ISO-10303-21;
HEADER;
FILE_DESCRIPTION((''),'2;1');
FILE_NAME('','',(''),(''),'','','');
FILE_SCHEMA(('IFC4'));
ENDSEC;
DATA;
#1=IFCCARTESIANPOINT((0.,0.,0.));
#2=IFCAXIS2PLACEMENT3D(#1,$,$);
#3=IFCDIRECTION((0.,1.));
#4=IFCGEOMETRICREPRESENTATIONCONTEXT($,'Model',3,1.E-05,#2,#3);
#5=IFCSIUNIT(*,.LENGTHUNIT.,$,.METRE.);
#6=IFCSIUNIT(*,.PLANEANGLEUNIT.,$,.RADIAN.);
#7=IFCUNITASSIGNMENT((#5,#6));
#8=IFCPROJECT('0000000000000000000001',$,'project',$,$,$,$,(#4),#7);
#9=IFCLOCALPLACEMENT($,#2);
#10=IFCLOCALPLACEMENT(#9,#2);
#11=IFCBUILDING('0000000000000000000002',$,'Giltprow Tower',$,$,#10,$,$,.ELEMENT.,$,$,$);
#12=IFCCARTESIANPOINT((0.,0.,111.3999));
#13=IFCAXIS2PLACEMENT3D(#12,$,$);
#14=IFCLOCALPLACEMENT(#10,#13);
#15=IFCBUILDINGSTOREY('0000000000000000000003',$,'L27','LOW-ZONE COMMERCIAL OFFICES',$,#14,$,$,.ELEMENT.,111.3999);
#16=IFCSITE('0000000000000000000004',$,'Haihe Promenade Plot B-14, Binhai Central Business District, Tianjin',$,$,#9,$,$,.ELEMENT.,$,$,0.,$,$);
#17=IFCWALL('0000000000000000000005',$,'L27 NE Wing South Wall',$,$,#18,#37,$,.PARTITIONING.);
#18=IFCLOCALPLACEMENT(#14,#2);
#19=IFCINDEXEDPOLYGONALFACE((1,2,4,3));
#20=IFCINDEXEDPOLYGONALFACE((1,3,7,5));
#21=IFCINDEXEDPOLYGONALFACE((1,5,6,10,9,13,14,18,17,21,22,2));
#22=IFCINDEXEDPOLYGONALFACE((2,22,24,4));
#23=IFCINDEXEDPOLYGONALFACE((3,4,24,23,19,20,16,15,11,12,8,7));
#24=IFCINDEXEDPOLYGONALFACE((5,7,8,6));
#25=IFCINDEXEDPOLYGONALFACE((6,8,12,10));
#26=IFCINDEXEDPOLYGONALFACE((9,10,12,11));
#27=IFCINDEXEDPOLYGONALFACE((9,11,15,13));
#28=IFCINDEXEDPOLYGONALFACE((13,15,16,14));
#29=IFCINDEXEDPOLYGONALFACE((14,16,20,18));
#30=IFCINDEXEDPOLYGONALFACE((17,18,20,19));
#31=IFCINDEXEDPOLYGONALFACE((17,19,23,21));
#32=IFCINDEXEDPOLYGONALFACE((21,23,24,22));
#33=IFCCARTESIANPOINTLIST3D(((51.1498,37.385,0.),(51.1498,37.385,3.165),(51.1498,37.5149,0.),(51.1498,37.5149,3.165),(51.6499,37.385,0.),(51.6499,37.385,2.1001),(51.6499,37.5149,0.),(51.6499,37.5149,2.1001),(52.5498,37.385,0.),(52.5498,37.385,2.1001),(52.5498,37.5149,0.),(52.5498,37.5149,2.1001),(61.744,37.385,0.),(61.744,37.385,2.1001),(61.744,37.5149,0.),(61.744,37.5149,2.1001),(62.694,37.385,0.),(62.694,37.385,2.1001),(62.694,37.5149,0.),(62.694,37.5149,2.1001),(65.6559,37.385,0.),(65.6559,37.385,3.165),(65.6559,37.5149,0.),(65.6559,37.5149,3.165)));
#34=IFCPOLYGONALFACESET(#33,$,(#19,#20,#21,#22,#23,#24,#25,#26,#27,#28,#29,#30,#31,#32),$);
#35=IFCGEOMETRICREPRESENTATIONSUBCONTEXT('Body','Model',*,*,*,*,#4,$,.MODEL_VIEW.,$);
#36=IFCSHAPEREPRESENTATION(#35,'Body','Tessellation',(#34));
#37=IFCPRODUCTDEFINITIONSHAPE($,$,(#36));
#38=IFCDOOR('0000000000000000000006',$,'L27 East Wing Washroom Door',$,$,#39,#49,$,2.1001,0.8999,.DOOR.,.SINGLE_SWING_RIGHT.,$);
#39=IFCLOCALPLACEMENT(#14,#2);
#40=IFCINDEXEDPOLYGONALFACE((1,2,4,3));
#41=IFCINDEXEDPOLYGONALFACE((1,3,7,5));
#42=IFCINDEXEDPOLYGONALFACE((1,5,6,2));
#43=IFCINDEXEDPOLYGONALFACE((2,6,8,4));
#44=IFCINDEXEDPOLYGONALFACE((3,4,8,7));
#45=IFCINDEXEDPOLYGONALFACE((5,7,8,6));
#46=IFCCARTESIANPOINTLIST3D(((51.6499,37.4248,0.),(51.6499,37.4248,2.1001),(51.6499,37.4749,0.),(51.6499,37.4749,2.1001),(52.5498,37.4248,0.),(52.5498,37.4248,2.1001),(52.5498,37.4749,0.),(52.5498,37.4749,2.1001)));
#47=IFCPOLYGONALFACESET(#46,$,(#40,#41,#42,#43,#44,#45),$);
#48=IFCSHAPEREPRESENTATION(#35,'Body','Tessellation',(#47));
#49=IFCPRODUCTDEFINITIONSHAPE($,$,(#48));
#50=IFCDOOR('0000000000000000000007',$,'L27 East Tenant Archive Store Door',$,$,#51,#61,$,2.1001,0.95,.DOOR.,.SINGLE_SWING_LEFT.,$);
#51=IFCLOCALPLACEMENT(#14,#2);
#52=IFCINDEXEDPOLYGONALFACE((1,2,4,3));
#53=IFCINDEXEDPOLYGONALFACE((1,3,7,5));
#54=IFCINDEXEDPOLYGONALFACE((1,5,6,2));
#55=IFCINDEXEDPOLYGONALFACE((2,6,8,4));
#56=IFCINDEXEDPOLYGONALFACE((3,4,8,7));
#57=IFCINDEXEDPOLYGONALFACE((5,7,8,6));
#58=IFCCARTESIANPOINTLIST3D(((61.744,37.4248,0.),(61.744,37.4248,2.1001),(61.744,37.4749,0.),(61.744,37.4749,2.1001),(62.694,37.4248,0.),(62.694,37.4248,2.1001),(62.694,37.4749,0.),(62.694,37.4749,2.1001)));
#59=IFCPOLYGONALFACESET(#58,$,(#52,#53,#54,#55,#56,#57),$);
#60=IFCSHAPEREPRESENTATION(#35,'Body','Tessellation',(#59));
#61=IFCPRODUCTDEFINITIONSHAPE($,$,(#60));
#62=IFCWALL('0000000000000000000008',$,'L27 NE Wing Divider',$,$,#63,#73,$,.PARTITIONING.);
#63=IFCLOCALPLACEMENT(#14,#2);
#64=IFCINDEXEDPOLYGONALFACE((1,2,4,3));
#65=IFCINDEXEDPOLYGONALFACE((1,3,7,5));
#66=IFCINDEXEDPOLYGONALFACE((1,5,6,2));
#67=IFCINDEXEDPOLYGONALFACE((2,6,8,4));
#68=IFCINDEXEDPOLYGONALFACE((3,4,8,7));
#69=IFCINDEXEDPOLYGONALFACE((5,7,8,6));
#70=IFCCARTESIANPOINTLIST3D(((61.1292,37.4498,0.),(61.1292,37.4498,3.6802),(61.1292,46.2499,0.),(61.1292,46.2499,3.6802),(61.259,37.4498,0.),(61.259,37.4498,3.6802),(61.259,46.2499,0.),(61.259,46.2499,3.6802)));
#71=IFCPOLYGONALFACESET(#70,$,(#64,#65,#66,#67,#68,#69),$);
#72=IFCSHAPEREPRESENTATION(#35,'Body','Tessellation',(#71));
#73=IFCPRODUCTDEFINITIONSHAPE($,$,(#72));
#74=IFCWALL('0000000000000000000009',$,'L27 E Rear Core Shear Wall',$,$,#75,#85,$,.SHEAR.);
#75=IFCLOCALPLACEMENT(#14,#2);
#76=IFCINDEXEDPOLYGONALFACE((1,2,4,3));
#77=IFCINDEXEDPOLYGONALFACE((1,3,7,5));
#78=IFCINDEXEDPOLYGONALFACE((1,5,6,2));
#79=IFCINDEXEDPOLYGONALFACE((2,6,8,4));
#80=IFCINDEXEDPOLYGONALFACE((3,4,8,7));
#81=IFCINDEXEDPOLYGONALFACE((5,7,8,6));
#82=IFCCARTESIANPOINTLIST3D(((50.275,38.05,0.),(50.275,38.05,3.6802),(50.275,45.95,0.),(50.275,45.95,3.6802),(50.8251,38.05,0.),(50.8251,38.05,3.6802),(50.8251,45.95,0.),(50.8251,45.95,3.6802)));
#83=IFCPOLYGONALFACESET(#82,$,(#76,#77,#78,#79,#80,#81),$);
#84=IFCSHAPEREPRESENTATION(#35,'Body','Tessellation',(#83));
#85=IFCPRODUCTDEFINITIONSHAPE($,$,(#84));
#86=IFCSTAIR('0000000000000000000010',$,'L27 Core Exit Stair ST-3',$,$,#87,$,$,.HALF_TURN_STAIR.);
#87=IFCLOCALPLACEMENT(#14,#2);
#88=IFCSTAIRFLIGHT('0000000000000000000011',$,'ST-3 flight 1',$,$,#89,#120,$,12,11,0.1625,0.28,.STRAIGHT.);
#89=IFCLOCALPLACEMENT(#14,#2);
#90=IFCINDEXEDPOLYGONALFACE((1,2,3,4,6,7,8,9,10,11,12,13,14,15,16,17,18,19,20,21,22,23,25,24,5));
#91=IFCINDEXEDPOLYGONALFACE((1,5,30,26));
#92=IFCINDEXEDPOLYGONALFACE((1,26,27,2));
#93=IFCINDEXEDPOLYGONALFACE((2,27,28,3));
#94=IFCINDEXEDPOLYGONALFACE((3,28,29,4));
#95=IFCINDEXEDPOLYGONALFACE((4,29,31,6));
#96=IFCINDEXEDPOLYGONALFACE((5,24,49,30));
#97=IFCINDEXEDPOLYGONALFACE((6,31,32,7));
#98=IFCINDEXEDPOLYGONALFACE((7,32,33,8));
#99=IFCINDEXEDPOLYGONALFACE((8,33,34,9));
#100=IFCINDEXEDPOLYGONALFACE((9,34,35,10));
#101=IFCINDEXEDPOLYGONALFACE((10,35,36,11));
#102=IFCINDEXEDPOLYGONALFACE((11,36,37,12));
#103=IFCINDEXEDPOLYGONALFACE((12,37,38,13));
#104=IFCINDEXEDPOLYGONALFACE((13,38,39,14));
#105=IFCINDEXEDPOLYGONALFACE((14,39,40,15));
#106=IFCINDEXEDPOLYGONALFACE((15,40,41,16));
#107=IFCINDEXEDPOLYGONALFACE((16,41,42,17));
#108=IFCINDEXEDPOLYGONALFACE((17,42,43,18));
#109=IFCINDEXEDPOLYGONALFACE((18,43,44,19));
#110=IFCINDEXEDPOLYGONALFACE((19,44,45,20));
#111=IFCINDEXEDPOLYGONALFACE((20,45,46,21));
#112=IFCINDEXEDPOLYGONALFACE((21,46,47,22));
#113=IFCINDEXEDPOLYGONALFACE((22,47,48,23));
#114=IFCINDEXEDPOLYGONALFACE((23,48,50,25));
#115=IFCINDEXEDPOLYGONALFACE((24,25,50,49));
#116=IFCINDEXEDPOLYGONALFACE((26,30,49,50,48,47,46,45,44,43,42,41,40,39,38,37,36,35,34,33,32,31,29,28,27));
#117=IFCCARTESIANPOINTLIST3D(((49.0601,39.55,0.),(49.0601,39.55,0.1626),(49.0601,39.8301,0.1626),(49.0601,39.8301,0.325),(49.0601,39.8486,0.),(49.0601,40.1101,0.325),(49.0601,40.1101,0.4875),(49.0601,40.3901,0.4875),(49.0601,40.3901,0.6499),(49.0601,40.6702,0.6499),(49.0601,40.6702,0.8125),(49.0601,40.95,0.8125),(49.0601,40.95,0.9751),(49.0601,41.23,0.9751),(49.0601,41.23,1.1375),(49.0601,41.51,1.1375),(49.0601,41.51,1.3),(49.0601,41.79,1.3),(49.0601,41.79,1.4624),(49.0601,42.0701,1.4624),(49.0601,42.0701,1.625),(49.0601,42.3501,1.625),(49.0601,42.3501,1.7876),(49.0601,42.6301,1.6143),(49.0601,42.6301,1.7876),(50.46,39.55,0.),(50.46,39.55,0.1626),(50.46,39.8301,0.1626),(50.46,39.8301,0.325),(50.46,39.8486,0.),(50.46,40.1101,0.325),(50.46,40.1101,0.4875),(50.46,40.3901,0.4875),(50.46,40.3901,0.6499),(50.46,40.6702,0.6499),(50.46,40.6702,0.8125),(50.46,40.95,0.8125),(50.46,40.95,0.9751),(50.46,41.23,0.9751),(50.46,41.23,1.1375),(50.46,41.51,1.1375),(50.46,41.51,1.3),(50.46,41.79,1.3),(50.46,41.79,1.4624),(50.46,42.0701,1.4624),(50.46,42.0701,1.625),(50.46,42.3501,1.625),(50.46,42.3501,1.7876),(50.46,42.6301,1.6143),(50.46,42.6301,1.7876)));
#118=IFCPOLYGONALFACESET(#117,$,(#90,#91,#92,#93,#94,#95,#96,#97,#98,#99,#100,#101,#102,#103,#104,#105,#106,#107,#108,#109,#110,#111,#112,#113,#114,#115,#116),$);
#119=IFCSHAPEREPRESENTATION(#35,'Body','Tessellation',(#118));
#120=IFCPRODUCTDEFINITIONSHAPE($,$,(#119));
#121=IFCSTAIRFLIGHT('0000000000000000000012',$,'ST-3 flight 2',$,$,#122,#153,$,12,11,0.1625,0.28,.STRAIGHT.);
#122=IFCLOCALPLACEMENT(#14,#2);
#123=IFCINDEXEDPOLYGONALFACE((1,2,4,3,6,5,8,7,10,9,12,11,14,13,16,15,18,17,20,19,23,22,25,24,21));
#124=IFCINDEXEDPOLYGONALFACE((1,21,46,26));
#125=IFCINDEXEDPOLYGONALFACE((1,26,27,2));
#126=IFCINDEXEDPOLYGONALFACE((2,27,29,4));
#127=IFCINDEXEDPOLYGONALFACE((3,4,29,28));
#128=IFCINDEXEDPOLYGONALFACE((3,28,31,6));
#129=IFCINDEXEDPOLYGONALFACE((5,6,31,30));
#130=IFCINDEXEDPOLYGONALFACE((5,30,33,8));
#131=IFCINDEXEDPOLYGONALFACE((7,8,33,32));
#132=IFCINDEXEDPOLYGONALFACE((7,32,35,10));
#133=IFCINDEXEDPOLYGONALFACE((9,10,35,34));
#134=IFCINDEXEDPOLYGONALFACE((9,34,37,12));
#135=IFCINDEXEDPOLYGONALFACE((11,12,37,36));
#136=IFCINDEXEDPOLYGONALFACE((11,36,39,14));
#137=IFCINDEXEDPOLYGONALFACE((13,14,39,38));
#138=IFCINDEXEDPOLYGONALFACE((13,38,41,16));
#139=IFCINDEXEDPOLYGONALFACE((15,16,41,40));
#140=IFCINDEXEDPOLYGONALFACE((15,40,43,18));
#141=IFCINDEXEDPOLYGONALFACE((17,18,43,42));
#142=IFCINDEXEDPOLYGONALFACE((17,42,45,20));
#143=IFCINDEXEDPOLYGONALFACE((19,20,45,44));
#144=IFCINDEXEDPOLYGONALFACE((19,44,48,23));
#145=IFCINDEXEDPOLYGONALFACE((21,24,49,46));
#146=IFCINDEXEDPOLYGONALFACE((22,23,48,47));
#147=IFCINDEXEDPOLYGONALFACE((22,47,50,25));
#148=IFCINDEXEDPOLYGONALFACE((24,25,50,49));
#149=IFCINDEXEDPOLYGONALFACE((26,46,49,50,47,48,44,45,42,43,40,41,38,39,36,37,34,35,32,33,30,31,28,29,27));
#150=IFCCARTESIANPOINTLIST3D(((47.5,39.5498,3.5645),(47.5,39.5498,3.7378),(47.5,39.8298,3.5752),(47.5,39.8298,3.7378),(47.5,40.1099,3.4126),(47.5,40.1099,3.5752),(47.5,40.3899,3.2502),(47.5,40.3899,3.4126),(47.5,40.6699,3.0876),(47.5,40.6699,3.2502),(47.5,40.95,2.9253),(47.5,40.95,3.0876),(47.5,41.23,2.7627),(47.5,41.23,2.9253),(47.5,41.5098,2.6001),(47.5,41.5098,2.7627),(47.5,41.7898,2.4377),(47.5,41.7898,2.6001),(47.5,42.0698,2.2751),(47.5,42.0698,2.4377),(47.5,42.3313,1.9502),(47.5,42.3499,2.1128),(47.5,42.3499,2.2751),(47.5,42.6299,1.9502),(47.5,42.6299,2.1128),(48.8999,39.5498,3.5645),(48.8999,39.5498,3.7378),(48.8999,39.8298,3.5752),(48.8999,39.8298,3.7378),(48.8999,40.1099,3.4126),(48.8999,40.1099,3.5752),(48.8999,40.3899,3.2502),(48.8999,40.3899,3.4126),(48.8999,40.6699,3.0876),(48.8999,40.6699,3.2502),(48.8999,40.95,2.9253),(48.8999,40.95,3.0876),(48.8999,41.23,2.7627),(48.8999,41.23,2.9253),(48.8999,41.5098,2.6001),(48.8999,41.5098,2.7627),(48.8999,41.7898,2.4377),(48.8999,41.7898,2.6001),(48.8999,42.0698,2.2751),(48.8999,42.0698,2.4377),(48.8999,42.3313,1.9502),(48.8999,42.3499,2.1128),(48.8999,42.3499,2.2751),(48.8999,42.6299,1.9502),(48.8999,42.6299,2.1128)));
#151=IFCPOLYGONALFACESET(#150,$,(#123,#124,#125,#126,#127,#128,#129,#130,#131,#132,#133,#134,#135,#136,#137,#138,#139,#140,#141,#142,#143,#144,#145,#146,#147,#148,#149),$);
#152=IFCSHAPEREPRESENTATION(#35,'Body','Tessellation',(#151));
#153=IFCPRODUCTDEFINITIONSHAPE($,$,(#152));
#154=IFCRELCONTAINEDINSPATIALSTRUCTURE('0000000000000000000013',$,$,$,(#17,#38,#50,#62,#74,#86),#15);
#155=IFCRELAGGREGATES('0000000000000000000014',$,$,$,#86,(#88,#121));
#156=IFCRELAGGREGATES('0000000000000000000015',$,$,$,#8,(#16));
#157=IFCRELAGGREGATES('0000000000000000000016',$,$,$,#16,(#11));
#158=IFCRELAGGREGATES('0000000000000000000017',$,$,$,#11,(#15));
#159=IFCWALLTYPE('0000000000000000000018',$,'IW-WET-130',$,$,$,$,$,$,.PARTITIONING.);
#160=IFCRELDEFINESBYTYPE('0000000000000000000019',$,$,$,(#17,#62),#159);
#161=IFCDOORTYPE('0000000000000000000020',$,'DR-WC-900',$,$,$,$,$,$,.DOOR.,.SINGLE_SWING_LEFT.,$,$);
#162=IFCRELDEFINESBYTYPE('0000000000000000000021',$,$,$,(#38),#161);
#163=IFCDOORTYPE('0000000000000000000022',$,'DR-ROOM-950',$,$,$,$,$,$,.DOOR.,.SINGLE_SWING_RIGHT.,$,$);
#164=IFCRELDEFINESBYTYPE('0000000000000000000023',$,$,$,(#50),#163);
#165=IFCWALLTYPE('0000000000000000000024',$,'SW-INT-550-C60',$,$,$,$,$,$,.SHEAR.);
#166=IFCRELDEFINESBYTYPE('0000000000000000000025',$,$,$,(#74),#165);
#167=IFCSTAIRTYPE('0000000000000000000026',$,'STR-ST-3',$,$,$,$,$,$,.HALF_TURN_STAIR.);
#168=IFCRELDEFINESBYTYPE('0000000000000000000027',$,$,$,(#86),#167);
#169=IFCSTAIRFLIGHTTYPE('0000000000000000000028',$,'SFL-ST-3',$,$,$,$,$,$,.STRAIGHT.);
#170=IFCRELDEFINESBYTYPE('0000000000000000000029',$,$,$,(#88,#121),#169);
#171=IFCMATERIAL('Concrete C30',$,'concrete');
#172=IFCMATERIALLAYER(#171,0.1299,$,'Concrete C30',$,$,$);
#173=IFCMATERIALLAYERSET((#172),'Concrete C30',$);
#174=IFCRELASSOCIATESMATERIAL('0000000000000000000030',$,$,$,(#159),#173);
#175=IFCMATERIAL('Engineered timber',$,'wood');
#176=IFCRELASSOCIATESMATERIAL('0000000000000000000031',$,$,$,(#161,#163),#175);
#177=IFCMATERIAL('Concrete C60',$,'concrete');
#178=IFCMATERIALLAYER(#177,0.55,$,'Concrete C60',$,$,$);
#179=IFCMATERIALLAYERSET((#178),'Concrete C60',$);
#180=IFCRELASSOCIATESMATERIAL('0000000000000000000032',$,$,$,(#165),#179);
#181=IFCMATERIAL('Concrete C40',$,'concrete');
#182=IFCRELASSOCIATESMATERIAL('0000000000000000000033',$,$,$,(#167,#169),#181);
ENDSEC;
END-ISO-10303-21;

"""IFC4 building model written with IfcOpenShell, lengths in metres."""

from ifc_helpers import new_model, si_unit, direction, frame, frame_2d, origin, place, context, subcontext, project, spatial, polyline, rectangle, outline, extrude, source, transform, mapped, material, layer, layer_set, type_object, element, fill, aggregate, save


model = new_model("IFC4")

# Units and contexts
model_context = context("Model", 3, precision=1e-05, world=origin(), true_north=direction((0.0, 1.0)))
body_context = subcontext(model_context, "Body", "Model", "MODEL_VIEW")
ifc_project = project(units=[si_unit("LENGTHUNIT", "METRE"), si_unit("PLANEANGLEUNIT", "RADIAN")], contexts=[model_context])

# Site, building, storey
site_placement = place(None, origin())
site = spatial("IfcSite", under=ifc_project, at=site_placement, Name="Haihe Promenade Plot B-14, Binhai Central Business District, Tianjin", CompositionType="ELEMENT", RefElevation=0.0)
building_placement = place(site_placement, origin())
building = spatial("IfcBuilding", under=site, at=building_placement, Name="Giltprow Tower", CompositionType="ELEMENT")
storey_placement = place(building_placement, frame((0.0, 0.0, 111.3999)))
storey = spatial("IfcBuildingStorey", under=building, at=storey_placement, Name="L27", Description="LOW-ZONE COMMERCIAL OFFICES", CompositionType="ELEMENT", Elevation=111.3999)

# Shared definitions
ifc_material_1 = material(Name="Concrete C60", Category="concrete")

# Shared definitions
ifc_material_2 = material(Name="Concrete C40", Category="concrete")

# Wall, openings, doors
ifc_material_3 = material(Name="Concrete C30", Category="concrete")
ifc_layer_1 = layer(ifc_material_3, 0.1299, Name="Concrete C30")
ifc_layer_set_1 = layer_set([ifc_layer_1], Name="Concrete C30")
wall_type_1 = type_object("IfcWallType", Name="IW-WET-130", PredefinedType="PARTITIONING", material=ifc_layer_set_1)
wall_1_placement = place(storey_placement, frame((51.1499, 37.45, 0.0), z_axis=(0.0, 0.0, 1.0), x_axis=(1.0, 0.0, 0.0)))
wall_1 = element("IfcWall", 1, at=wall_1_placement, inside=storey, type_object=wall_type_1, Name="L27 NE Wing South Wall", PredefinedType="PARTITIONING", context=body_context, shape_type="SweptSolid", body=[
    extrude(rectangle(XDim=14.5061, YDim=0.1299, at=frame_2d((7.2529, 0.0))), origin(), (0.0, 0.0, 1.0), 3.165),
])
opening_1_placement = place(wall_1_placement, frame((0.5, 0.0, 0.0)))
opening_1 = element("IfcOpeningElement", 2, at=opening_1_placement, cuts=wall_1, PredefinedType="OPENING", context=body_context, shape_type="SweptSolid", body=[
    extrude(rectangle(XDim=0.8999, YDim=2.1001, at=frame_2d((0.45, 1.05))), frame((0.0, 0.075, 0.0), z_axis=(0.0, -1.0, 0.0), x_axis=(1.0, 0.0, 0.0)), (0.0, 0.0, 1.0), 0.1499),
])
opening_2_placement = place(wall_1_placement, frame((10.594, 0.0, 0.0)))
opening_2 = element("IfcOpeningElement", 3, at=opening_2_placement, cuts=wall_1, PredefinedType="OPENING", context=body_context, shape_type="SweptSolid", body=[
    extrude(rectangle(XDim=0.95, YDim=2.1001, at=frame_2d((0.4751, 1.05))), frame((0.0, 0.075, 0.0), z_axis=(0.0, -1.0, 0.0), x_axis=(1.0, 0.0, 0.0)), (0.0, 0.0, 1.0), 0.1499),
])
ifc_material_4 = material(Name="Engineered timber", Category="wood")
door_type_1 = type_object("IfcDoorType", Name="DR-WC-900", OperationType="SINGLE_SWING_LEFT", PredefinedType="DOOR", material=ifc_material_4)
shared_shape_1 = source(origin(), body_context, "Body", "SweptSolid", [
    extrude(rectangle(XDim=0.8999, YDim=2.1001, at=frame_2d((0.45, 1.05))), frame((0.0, 0.0249, 0.0), z_axis=(0.0, -1.0, 0.0), x_axis=(1.0, 0.0, 0.0)), (0.0, 0.0, 1.0), 0.05),
])
door_1_placement = place(opening_1_placement, origin())
door_1 = element("IfcDoor", 4, at=door_1_placement, inside=storey, type_object=door_type_1, Name="L27 East Wing Washroom Door", OperationType="SINGLE_SWING_RIGHT", OverallHeight=2.1001, OverallWidth=0.8999, PredefinedType="DOOR", context=body_context, shape_type="MappedRepresentation", body=[
    mapped(shared_shape_1, transform((0.0, 0.0, 0.0), x_axis=(1.0, 0.0, 0.0), y_axis=(0.0, 1.0, 0.0), z_axis=(0.0, 0.0, 1.0), scale=1.0)),
])
fill(opening_1, door_1)
door_type_2 = type_object("IfcDoorType", Name="DR-ROOM-950", OperationType="SINGLE_SWING_RIGHT", PredefinedType="DOOR", material=ifc_material_4)
shared_shape_2 = source(origin(), body_context, "Body", "SweptSolid", [
    extrude(rectangle(XDim=0.95, YDim=2.1001, at=frame_2d((0.4751, 1.05))), frame((0.0, 0.0249, 0.0), z_axis=(0.0, -1.0, 0.0), x_axis=(1.0, 0.0, 0.0)), (0.0, 0.0, 1.0), 0.05),
])
door_2_placement = place(opening_2_placement, origin())
door_2 = element("IfcDoor", 5, at=door_2_placement, inside=storey, type_object=door_type_2, Name="L27 East Tenant Archive Store Door", OperationType="SINGLE_SWING_LEFT", OverallHeight=2.1001, OverallWidth=0.95, PredefinedType="DOOR", context=body_context, shape_type="MappedRepresentation", body=[
    mapped(shared_shape_2, transform((0.0, 0.0, 0.0), x_axis=(1.0, 0.0, 0.0), y_axis=(0.0, 1.0, 0.0), z_axis=(0.0, 0.0, 1.0), scale=1.0)),
])
fill(opening_2, door_2)

# Walls
wall_2_placement = place(storey_placement, frame((61.1941, 37.45, 0.0), z_axis=(0.0, 0.0, 1.0), x_axis=(0.0, 1.0, 0.0)))
element("IfcWall", 6, at=wall_2_placement, inside=storey, type_object=wall_type_1, Name="L27 NE Wing Divider", PredefinedType="PARTITIONING", context=body_context, shape_type="SweptSolid", body=[
    extrude(rectangle(XDim=8.8, YDim=0.1299, at=frame_2d((4.3999, 0.0))), origin(), (0.0, 0.0, 1.0), 3.6802),
])
ifc_layer_2 = layer(ifc_material_1, 0.55, Name="Concrete C60")
ifc_layer_set_2 = layer_set([ifc_layer_2], Name="Concrete C60")
wall_type_2 = type_object("IfcWallType", Name="SW-INT-550-C60", PredefinedType="SHEAR", material=ifc_layer_set_2)
wall_3_placement = place(storey_placement, frame((50.55, 38.05, 0.0), z_axis=(0.0, 0.0, 1.0), x_axis=(0.0, 1.0, 0.0)))
element("IfcWall", 7, at=wall_3_placement, inside=storey, type_object=wall_type_2, Name="L27 E Rear Core Shear Wall", PredefinedType="SHEAR", context=body_context, shape_type="SweptSolid", body=[
    extrude(rectangle(XDim=7.8999, YDim=0.55, at=frame_2d((3.95, 0.0))), origin(), (0.0, 0.0, 1.0), 3.6802),
])

# Stair, stair flights
stair_type = type_object("IfcStairType", Name="STR-ST-3", PredefinedType="HALF_TURN_STAIR", material=ifc_material_2)
stair_placement = place(storey_placement, origin())
stair = element("IfcStair", 8, at=stair_placement, inside=storey, type_object=stair_type, Name="L27 Core Exit Stair ST-3", PredefinedType="HALF_TURN_STAIR")
stair_flight_type = type_object("IfcStairFlightType", Name="SFL-ST-3", PredefinedType="STRAIGHT", material=ifc_material_2)
stair_flight_1_placement = place(storey_placement, frame((49.76, 39.55, 0.0), z_axis=(0.0, 0.0, 1.0), x_axis=(0.0, 1.0, 0.0)))
stair_flight_1 = element("IfcStairFlight", 9, at=stair_flight_1_placement, type_object=stair_flight_type, Name="ST-3 flight 1", NumberOfRisers=12, NumberOfTreads=11, PredefinedType="STRAIGHT", RiserHeight=0.1625, TreadLength=0.28, context=body_context, shape_type="SweptSolid", body=[
    extrude(outline(polyline([(0.0, 0.0), (0.0, 0.1626), (0.28, 0.1626), (0.28, 0.325), (0.5601, 0.325), (0.5601, 0.4875), (0.8401, 0.4875), (0.8401, 0.6499), (1.1201, 0.6499), (1.1201, 0.8125), (1.3999, 0.8125), (1.3999, 0.9751), (1.6799, 0.9751), (1.6799, 1.1375), (1.96, 1.1375), (1.96, 1.3), (2.24, 1.3), (2.24, 1.4624), (2.52, 1.4624), (2.52, 1.625), (2.8, 1.625), (2.8, 1.7876), (3.0801, 1.7876), (3.0801, 1.95), (3.0801, 1.6143), (0.2986, 0.0), (0.0, 0.0)])), frame((0.0, 0.7, 0.0), z_axis=(0.0, -1.0, 0.0), x_axis=(1.0, 0.0, 0.0)), (0.0, 0.0, 1.0), 1.3999),
])
stair_flight_2_placement = place(storey_placement, frame((48.2, 42.6299, 1.9502), z_axis=(0.0, 0.0, 1.0), x_axis=(0.0, -1.0, 0.0)))
stair_flight_2 = element("IfcStairFlight", 10, at=stair_flight_2_placement, type_object=stair_flight_type, Name="ST-3 flight 2", NumberOfRisers=12, NumberOfTreads=11, PredefinedType="STRAIGHT", RiserHeight=0.1625, TreadLength=0.28, context=body_context, shape_type="SweptSolid", body=[
    extrude(outline(polyline([(0.0, 0.0), (0.0, 0.1626), (0.28, 0.1626), (0.28, 0.325), (0.5601, 0.325), (0.5601, 0.4875), (0.8401, 0.4875), (0.8401, 0.6499), (1.1201, 0.6499), (1.1201, 0.8125), (1.3999, 0.8125), (1.3999, 0.9751), (1.6799, 0.9751), (1.6799, 1.1375), (1.96, 1.1375), (1.96, 1.3), (2.24, 1.3), (2.24, 1.4624), (2.52, 1.4624), (2.52, 1.625), (2.8, 1.625), (2.8, 1.7876), (3.0801, 1.7876), (3.0801, 1.95), (3.0801, 1.6143), (0.2986, 0.0), (0.0, 0.0)])), frame((0.0, 0.7, 0.0), z_axis=(0.0, -1.0, 0.0), x_axis=(1.0, 0.0, 0.0)), (0.0, 0.0, 1.0), 1.3999),
])
aggregate(stair, [stair_flight_1, stair_flight_2])

save(model, "model.ifc")
